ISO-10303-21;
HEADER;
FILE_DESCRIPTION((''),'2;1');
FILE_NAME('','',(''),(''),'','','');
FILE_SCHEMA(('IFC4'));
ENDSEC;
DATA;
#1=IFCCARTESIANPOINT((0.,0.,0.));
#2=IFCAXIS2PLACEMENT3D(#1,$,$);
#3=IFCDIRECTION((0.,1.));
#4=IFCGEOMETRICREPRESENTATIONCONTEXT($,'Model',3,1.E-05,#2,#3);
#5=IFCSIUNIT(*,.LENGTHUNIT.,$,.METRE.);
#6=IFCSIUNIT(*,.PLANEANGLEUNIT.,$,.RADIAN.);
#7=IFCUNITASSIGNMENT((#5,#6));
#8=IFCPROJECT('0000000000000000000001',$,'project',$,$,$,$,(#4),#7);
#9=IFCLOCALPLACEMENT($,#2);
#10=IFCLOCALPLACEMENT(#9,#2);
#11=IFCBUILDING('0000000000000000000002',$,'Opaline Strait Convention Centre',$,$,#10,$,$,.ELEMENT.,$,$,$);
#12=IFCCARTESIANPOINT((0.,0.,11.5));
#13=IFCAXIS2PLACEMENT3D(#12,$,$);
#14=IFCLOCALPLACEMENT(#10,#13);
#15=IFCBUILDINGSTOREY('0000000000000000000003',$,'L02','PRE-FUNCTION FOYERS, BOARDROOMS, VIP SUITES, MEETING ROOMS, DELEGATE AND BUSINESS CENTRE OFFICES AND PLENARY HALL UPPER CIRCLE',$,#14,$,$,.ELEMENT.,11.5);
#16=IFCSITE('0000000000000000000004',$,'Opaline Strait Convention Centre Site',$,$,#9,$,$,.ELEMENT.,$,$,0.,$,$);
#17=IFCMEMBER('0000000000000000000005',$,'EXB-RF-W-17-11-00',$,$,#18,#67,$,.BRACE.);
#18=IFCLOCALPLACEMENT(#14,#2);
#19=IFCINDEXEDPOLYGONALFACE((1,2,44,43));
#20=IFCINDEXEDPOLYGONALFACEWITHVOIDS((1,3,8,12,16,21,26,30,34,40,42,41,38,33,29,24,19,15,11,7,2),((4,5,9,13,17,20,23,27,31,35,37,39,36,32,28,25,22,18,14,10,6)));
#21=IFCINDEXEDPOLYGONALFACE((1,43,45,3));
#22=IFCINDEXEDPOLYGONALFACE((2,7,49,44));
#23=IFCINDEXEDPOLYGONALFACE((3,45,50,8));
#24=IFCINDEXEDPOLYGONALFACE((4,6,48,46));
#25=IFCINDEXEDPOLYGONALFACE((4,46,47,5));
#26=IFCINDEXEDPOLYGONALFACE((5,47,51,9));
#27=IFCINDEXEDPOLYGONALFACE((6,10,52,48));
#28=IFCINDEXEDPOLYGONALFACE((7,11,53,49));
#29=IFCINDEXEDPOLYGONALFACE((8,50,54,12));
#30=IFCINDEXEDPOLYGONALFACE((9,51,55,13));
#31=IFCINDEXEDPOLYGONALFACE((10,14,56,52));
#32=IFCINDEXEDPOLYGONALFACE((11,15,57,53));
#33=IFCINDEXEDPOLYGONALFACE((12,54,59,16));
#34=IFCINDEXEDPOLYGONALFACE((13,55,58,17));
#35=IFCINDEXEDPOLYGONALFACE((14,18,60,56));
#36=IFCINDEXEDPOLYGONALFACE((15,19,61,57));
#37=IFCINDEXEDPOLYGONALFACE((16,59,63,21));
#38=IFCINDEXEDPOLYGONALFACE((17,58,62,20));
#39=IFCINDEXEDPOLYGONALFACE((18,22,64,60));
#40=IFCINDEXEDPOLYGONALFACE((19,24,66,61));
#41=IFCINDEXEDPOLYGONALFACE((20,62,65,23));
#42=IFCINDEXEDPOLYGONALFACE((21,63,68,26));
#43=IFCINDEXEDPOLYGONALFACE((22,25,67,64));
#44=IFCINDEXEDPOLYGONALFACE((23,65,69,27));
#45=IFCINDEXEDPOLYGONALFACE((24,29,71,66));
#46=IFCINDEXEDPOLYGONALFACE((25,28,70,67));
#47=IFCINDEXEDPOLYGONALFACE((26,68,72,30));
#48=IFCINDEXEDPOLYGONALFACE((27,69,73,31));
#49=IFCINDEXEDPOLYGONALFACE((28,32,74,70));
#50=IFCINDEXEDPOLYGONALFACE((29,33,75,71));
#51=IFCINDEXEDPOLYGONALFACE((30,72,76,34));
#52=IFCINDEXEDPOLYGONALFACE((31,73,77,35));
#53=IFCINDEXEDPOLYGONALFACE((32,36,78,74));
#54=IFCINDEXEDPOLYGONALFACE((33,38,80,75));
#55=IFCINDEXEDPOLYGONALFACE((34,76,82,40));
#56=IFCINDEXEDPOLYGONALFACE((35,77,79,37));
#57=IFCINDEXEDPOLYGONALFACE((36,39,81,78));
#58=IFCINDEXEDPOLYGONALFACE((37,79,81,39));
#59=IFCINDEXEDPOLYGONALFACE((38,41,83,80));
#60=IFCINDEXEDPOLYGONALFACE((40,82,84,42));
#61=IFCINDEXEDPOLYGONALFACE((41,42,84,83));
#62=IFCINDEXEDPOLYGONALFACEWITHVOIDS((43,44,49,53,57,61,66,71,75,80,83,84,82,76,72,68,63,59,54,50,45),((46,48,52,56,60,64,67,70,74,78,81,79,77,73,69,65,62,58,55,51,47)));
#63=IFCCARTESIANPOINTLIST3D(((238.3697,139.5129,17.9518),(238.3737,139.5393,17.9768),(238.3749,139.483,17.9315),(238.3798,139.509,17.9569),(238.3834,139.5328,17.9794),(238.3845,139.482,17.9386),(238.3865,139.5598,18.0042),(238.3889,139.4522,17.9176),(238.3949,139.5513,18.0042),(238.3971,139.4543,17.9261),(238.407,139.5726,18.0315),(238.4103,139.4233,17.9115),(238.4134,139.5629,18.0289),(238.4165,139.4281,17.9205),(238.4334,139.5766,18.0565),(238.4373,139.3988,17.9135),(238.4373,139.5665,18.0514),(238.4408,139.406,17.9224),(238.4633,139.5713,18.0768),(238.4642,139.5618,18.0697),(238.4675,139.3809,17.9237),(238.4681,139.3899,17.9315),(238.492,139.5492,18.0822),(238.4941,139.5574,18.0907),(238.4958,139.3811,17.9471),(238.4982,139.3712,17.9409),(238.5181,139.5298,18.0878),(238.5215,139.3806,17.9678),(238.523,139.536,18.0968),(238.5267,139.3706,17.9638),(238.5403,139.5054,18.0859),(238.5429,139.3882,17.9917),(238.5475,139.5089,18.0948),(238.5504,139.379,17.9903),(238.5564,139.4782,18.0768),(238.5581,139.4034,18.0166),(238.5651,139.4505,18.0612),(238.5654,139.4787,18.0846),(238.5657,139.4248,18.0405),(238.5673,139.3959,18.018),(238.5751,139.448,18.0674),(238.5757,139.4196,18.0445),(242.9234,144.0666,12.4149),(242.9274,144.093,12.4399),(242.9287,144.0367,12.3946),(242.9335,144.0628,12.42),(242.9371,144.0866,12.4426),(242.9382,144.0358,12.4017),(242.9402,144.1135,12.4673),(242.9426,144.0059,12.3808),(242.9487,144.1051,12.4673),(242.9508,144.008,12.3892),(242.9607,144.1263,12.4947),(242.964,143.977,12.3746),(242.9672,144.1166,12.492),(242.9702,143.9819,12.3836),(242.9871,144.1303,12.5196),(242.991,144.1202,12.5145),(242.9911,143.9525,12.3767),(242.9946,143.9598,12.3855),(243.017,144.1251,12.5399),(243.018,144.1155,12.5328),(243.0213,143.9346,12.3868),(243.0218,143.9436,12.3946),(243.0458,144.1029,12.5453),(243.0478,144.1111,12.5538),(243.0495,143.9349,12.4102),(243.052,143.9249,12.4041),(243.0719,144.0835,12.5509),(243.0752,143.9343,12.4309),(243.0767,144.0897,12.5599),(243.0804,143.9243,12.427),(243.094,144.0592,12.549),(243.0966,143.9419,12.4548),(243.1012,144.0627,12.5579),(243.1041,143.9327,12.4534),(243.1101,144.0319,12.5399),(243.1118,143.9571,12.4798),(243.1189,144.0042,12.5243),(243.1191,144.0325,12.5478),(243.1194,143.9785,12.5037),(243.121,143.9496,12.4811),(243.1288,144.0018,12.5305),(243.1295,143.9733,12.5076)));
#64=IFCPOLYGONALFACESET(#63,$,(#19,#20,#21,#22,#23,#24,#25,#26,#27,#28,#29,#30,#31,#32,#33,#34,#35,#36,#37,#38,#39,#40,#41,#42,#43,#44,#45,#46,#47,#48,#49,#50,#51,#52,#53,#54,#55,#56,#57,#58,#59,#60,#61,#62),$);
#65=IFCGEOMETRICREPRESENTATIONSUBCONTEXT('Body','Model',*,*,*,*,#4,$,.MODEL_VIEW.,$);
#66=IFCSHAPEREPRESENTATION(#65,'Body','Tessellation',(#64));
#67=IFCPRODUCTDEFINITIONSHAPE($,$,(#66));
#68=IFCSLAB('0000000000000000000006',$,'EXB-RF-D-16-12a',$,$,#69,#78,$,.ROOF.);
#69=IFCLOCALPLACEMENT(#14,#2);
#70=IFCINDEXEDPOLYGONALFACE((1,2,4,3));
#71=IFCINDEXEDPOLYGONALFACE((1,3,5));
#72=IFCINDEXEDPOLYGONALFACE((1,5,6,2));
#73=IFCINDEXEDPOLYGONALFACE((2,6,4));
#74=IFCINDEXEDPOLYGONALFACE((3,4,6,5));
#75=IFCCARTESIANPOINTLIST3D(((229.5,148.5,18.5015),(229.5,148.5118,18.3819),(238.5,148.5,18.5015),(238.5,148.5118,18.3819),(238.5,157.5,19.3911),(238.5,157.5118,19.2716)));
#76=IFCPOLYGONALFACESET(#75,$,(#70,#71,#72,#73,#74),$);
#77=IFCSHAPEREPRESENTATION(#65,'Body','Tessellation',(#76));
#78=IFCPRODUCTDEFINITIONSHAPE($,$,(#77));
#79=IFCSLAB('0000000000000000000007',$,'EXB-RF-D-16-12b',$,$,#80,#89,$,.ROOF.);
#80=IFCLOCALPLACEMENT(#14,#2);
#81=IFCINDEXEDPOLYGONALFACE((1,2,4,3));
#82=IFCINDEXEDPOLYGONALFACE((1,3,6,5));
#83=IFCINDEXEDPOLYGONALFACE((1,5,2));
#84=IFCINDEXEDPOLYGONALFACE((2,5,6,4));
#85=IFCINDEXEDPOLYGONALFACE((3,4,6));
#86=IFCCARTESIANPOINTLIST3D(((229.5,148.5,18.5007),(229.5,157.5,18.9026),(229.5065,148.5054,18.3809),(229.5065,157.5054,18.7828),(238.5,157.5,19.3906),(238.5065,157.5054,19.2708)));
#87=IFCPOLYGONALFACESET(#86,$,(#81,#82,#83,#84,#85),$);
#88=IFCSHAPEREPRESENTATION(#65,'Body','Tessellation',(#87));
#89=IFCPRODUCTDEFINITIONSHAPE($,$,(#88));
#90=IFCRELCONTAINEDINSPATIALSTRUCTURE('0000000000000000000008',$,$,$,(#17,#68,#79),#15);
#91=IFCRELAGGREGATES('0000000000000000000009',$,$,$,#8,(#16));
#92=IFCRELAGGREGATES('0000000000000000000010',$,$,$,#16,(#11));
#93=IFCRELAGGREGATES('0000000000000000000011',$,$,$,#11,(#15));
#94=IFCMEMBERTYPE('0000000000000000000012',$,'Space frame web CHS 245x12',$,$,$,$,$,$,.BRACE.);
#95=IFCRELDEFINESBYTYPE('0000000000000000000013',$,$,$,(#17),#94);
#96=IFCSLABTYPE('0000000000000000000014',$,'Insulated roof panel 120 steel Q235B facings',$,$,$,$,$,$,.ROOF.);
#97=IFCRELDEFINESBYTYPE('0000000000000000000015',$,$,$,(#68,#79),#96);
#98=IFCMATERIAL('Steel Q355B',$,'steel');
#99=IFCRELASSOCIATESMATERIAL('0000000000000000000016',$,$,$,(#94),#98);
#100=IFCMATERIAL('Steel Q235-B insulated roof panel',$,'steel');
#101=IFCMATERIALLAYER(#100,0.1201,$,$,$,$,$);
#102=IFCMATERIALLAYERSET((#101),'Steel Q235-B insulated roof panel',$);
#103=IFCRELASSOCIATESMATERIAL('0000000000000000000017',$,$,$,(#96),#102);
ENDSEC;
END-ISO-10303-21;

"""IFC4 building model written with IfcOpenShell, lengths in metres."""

from ifc_helpers import new_model, si_unit, direction, frame, origin, origin_2d, place, context, subcontext, project, spatial, polyline, hollow_circle, outline, extrude, material, layer, layer_set, material_profile, profile_set, type_object, element, save


model = new_model("IFC4")

# Units and contexts
model_context = context("Model", 3, precision=1e-05, world=origin(), true_north=direction((0.0, 1.0)))
body_context = subcontext(model_context, "Body", "Model", "MODEL_VIEW")
ifc_project = project(units=[si_unit("LENGTHUNIT", "METRE"), si_unit("PLANEANGLEUNIT", "RADIAN")], contexts=[model_context])

# Site, building, storey
site_placement = place(None, origin())
site = spatial("IfcSite", under=ifc_project, at=site_placement, Name="Opaline Strait Convention Centre Site", CompositionType="ELEMENT", RefElevation=0.0)
building_placement = place(site_placement, origin())
building = spatial("IfcBuilding", under=site, at=building_placement, Name="Opaline Strait Convention Centre", CompositionType="ELEMENT")
storey_placement = place(building_placement, frame((0.0, 0.0, 11.5)))
storey = spatial("IfcBuildingStorey", under=building, at=storey_placement, Name="L02", Description="PRE-FUNCTION FOYERS, BOARDROOMS, VIP SUITES, MEETING ROOMS, DELEGATE AND BUSINESS CENTRE OFFICES AND PLENARY HALL UPPER CIRCLE", CompositionType="ELEMENT", Elevation=11.5)

# Member
ifc_material_1 = material(Name="Steel Q355B", Category="steel")
ifc_material_profile_1 = material_profile(ifc_material_1, hollow_circle(Radius=0.1226, WallThickness=0.012, at=origin_2d()), Name="CHS 245x12")
ifc_profile_set_1 = profile_set([ifc_material_profile_1], Name="Steel Q355B")
member_type_1 = type_object("IfcMemberType", Name="Space frame web CHS 245x12", PredefinedType="BRACE", material=ifc_profile_set_1)
for number, where, z_axis, x_axis, name in (
    (1, (238.4731, 139.4731, 18.0042), (0.536178, 0.536178, -0.65194), (-0.707107, 0.707107, 0.0), "EXB-RF-W-17-11-00"),
):
    element("IfcMember", number, at=place(storey_placement, frame(where, z_axis=z_axis, x_axis=x_axis)), inside=storey, type_object=member_type_1, Name=name, PredefinedType="BRACE", context=body_context, shape_type="SweptSolid", body=[
        extrude(hollow_circle(Radius=0.1226, WallThickness=0.012, at=origin_2d()), origin(), (0.0, 0.0, 1.0), 8.4929),
    ])

# Slabs
ifc_material_2 = material(Name="Steel Q235-B insulated roof panel", Category="steel")
ifc_layer = layer(ifc_material_2, 0.1201)
ifc_layer_set = layer_set([ifc_layer], Name="Steel Q235-B insulated roof panel")
slab_type = type_object("IfcSlabType", Name="Insulated roof panel 120 steel Q235B facings", PredefinedType="ROOF", material=ifc_layer_set)
slab_1_placement = place(storey_placement, frame((229.5, 148.5, 18.5015), z_axis=(0.0, -0.09837, 0.99515), x_axis=(1.0, 0.0, 0.0)))
element("IfcSlab", 2, at=slab_1_placement, inside=storey, type_object=slab_type, Name="EXB-RF-D-16-12a", PredefinedType="ROOF", context=body_context, shape_type="SweptSolid", body=[
    extrude(outline(polyline([(0.0, 0.0), (9.0, 0.0), (9.0, 9.0439), (0.0, 0.0)])), origin(), (0.0, 0.0, -1.0), 0.1201),
])
slab_2_placement = place(storey_placement, frame((229.5, 148.5, 18.5007), z_axis=(-0.054093, -0.044541, 0.997542), x_axis=(0.705385, 0.705385, 0.069746)))
element("IfcSlab", 3, at=slab_2_placement, inside=storey, type_object=slab_type, Name="EXB-RF-D-16-12b", PredefinedType="ROOF", context=body_context, shape_type="SweptSolid", body=[
    extrude(outline(polyline([(0.0, 0.0), (12.759, 0.0), (6.3765, 6.3641), (0.0, 0.0)])), origin(), (0.0, 0.0, -1.0), 0.1201),
])

save(model, "model.ifc")
